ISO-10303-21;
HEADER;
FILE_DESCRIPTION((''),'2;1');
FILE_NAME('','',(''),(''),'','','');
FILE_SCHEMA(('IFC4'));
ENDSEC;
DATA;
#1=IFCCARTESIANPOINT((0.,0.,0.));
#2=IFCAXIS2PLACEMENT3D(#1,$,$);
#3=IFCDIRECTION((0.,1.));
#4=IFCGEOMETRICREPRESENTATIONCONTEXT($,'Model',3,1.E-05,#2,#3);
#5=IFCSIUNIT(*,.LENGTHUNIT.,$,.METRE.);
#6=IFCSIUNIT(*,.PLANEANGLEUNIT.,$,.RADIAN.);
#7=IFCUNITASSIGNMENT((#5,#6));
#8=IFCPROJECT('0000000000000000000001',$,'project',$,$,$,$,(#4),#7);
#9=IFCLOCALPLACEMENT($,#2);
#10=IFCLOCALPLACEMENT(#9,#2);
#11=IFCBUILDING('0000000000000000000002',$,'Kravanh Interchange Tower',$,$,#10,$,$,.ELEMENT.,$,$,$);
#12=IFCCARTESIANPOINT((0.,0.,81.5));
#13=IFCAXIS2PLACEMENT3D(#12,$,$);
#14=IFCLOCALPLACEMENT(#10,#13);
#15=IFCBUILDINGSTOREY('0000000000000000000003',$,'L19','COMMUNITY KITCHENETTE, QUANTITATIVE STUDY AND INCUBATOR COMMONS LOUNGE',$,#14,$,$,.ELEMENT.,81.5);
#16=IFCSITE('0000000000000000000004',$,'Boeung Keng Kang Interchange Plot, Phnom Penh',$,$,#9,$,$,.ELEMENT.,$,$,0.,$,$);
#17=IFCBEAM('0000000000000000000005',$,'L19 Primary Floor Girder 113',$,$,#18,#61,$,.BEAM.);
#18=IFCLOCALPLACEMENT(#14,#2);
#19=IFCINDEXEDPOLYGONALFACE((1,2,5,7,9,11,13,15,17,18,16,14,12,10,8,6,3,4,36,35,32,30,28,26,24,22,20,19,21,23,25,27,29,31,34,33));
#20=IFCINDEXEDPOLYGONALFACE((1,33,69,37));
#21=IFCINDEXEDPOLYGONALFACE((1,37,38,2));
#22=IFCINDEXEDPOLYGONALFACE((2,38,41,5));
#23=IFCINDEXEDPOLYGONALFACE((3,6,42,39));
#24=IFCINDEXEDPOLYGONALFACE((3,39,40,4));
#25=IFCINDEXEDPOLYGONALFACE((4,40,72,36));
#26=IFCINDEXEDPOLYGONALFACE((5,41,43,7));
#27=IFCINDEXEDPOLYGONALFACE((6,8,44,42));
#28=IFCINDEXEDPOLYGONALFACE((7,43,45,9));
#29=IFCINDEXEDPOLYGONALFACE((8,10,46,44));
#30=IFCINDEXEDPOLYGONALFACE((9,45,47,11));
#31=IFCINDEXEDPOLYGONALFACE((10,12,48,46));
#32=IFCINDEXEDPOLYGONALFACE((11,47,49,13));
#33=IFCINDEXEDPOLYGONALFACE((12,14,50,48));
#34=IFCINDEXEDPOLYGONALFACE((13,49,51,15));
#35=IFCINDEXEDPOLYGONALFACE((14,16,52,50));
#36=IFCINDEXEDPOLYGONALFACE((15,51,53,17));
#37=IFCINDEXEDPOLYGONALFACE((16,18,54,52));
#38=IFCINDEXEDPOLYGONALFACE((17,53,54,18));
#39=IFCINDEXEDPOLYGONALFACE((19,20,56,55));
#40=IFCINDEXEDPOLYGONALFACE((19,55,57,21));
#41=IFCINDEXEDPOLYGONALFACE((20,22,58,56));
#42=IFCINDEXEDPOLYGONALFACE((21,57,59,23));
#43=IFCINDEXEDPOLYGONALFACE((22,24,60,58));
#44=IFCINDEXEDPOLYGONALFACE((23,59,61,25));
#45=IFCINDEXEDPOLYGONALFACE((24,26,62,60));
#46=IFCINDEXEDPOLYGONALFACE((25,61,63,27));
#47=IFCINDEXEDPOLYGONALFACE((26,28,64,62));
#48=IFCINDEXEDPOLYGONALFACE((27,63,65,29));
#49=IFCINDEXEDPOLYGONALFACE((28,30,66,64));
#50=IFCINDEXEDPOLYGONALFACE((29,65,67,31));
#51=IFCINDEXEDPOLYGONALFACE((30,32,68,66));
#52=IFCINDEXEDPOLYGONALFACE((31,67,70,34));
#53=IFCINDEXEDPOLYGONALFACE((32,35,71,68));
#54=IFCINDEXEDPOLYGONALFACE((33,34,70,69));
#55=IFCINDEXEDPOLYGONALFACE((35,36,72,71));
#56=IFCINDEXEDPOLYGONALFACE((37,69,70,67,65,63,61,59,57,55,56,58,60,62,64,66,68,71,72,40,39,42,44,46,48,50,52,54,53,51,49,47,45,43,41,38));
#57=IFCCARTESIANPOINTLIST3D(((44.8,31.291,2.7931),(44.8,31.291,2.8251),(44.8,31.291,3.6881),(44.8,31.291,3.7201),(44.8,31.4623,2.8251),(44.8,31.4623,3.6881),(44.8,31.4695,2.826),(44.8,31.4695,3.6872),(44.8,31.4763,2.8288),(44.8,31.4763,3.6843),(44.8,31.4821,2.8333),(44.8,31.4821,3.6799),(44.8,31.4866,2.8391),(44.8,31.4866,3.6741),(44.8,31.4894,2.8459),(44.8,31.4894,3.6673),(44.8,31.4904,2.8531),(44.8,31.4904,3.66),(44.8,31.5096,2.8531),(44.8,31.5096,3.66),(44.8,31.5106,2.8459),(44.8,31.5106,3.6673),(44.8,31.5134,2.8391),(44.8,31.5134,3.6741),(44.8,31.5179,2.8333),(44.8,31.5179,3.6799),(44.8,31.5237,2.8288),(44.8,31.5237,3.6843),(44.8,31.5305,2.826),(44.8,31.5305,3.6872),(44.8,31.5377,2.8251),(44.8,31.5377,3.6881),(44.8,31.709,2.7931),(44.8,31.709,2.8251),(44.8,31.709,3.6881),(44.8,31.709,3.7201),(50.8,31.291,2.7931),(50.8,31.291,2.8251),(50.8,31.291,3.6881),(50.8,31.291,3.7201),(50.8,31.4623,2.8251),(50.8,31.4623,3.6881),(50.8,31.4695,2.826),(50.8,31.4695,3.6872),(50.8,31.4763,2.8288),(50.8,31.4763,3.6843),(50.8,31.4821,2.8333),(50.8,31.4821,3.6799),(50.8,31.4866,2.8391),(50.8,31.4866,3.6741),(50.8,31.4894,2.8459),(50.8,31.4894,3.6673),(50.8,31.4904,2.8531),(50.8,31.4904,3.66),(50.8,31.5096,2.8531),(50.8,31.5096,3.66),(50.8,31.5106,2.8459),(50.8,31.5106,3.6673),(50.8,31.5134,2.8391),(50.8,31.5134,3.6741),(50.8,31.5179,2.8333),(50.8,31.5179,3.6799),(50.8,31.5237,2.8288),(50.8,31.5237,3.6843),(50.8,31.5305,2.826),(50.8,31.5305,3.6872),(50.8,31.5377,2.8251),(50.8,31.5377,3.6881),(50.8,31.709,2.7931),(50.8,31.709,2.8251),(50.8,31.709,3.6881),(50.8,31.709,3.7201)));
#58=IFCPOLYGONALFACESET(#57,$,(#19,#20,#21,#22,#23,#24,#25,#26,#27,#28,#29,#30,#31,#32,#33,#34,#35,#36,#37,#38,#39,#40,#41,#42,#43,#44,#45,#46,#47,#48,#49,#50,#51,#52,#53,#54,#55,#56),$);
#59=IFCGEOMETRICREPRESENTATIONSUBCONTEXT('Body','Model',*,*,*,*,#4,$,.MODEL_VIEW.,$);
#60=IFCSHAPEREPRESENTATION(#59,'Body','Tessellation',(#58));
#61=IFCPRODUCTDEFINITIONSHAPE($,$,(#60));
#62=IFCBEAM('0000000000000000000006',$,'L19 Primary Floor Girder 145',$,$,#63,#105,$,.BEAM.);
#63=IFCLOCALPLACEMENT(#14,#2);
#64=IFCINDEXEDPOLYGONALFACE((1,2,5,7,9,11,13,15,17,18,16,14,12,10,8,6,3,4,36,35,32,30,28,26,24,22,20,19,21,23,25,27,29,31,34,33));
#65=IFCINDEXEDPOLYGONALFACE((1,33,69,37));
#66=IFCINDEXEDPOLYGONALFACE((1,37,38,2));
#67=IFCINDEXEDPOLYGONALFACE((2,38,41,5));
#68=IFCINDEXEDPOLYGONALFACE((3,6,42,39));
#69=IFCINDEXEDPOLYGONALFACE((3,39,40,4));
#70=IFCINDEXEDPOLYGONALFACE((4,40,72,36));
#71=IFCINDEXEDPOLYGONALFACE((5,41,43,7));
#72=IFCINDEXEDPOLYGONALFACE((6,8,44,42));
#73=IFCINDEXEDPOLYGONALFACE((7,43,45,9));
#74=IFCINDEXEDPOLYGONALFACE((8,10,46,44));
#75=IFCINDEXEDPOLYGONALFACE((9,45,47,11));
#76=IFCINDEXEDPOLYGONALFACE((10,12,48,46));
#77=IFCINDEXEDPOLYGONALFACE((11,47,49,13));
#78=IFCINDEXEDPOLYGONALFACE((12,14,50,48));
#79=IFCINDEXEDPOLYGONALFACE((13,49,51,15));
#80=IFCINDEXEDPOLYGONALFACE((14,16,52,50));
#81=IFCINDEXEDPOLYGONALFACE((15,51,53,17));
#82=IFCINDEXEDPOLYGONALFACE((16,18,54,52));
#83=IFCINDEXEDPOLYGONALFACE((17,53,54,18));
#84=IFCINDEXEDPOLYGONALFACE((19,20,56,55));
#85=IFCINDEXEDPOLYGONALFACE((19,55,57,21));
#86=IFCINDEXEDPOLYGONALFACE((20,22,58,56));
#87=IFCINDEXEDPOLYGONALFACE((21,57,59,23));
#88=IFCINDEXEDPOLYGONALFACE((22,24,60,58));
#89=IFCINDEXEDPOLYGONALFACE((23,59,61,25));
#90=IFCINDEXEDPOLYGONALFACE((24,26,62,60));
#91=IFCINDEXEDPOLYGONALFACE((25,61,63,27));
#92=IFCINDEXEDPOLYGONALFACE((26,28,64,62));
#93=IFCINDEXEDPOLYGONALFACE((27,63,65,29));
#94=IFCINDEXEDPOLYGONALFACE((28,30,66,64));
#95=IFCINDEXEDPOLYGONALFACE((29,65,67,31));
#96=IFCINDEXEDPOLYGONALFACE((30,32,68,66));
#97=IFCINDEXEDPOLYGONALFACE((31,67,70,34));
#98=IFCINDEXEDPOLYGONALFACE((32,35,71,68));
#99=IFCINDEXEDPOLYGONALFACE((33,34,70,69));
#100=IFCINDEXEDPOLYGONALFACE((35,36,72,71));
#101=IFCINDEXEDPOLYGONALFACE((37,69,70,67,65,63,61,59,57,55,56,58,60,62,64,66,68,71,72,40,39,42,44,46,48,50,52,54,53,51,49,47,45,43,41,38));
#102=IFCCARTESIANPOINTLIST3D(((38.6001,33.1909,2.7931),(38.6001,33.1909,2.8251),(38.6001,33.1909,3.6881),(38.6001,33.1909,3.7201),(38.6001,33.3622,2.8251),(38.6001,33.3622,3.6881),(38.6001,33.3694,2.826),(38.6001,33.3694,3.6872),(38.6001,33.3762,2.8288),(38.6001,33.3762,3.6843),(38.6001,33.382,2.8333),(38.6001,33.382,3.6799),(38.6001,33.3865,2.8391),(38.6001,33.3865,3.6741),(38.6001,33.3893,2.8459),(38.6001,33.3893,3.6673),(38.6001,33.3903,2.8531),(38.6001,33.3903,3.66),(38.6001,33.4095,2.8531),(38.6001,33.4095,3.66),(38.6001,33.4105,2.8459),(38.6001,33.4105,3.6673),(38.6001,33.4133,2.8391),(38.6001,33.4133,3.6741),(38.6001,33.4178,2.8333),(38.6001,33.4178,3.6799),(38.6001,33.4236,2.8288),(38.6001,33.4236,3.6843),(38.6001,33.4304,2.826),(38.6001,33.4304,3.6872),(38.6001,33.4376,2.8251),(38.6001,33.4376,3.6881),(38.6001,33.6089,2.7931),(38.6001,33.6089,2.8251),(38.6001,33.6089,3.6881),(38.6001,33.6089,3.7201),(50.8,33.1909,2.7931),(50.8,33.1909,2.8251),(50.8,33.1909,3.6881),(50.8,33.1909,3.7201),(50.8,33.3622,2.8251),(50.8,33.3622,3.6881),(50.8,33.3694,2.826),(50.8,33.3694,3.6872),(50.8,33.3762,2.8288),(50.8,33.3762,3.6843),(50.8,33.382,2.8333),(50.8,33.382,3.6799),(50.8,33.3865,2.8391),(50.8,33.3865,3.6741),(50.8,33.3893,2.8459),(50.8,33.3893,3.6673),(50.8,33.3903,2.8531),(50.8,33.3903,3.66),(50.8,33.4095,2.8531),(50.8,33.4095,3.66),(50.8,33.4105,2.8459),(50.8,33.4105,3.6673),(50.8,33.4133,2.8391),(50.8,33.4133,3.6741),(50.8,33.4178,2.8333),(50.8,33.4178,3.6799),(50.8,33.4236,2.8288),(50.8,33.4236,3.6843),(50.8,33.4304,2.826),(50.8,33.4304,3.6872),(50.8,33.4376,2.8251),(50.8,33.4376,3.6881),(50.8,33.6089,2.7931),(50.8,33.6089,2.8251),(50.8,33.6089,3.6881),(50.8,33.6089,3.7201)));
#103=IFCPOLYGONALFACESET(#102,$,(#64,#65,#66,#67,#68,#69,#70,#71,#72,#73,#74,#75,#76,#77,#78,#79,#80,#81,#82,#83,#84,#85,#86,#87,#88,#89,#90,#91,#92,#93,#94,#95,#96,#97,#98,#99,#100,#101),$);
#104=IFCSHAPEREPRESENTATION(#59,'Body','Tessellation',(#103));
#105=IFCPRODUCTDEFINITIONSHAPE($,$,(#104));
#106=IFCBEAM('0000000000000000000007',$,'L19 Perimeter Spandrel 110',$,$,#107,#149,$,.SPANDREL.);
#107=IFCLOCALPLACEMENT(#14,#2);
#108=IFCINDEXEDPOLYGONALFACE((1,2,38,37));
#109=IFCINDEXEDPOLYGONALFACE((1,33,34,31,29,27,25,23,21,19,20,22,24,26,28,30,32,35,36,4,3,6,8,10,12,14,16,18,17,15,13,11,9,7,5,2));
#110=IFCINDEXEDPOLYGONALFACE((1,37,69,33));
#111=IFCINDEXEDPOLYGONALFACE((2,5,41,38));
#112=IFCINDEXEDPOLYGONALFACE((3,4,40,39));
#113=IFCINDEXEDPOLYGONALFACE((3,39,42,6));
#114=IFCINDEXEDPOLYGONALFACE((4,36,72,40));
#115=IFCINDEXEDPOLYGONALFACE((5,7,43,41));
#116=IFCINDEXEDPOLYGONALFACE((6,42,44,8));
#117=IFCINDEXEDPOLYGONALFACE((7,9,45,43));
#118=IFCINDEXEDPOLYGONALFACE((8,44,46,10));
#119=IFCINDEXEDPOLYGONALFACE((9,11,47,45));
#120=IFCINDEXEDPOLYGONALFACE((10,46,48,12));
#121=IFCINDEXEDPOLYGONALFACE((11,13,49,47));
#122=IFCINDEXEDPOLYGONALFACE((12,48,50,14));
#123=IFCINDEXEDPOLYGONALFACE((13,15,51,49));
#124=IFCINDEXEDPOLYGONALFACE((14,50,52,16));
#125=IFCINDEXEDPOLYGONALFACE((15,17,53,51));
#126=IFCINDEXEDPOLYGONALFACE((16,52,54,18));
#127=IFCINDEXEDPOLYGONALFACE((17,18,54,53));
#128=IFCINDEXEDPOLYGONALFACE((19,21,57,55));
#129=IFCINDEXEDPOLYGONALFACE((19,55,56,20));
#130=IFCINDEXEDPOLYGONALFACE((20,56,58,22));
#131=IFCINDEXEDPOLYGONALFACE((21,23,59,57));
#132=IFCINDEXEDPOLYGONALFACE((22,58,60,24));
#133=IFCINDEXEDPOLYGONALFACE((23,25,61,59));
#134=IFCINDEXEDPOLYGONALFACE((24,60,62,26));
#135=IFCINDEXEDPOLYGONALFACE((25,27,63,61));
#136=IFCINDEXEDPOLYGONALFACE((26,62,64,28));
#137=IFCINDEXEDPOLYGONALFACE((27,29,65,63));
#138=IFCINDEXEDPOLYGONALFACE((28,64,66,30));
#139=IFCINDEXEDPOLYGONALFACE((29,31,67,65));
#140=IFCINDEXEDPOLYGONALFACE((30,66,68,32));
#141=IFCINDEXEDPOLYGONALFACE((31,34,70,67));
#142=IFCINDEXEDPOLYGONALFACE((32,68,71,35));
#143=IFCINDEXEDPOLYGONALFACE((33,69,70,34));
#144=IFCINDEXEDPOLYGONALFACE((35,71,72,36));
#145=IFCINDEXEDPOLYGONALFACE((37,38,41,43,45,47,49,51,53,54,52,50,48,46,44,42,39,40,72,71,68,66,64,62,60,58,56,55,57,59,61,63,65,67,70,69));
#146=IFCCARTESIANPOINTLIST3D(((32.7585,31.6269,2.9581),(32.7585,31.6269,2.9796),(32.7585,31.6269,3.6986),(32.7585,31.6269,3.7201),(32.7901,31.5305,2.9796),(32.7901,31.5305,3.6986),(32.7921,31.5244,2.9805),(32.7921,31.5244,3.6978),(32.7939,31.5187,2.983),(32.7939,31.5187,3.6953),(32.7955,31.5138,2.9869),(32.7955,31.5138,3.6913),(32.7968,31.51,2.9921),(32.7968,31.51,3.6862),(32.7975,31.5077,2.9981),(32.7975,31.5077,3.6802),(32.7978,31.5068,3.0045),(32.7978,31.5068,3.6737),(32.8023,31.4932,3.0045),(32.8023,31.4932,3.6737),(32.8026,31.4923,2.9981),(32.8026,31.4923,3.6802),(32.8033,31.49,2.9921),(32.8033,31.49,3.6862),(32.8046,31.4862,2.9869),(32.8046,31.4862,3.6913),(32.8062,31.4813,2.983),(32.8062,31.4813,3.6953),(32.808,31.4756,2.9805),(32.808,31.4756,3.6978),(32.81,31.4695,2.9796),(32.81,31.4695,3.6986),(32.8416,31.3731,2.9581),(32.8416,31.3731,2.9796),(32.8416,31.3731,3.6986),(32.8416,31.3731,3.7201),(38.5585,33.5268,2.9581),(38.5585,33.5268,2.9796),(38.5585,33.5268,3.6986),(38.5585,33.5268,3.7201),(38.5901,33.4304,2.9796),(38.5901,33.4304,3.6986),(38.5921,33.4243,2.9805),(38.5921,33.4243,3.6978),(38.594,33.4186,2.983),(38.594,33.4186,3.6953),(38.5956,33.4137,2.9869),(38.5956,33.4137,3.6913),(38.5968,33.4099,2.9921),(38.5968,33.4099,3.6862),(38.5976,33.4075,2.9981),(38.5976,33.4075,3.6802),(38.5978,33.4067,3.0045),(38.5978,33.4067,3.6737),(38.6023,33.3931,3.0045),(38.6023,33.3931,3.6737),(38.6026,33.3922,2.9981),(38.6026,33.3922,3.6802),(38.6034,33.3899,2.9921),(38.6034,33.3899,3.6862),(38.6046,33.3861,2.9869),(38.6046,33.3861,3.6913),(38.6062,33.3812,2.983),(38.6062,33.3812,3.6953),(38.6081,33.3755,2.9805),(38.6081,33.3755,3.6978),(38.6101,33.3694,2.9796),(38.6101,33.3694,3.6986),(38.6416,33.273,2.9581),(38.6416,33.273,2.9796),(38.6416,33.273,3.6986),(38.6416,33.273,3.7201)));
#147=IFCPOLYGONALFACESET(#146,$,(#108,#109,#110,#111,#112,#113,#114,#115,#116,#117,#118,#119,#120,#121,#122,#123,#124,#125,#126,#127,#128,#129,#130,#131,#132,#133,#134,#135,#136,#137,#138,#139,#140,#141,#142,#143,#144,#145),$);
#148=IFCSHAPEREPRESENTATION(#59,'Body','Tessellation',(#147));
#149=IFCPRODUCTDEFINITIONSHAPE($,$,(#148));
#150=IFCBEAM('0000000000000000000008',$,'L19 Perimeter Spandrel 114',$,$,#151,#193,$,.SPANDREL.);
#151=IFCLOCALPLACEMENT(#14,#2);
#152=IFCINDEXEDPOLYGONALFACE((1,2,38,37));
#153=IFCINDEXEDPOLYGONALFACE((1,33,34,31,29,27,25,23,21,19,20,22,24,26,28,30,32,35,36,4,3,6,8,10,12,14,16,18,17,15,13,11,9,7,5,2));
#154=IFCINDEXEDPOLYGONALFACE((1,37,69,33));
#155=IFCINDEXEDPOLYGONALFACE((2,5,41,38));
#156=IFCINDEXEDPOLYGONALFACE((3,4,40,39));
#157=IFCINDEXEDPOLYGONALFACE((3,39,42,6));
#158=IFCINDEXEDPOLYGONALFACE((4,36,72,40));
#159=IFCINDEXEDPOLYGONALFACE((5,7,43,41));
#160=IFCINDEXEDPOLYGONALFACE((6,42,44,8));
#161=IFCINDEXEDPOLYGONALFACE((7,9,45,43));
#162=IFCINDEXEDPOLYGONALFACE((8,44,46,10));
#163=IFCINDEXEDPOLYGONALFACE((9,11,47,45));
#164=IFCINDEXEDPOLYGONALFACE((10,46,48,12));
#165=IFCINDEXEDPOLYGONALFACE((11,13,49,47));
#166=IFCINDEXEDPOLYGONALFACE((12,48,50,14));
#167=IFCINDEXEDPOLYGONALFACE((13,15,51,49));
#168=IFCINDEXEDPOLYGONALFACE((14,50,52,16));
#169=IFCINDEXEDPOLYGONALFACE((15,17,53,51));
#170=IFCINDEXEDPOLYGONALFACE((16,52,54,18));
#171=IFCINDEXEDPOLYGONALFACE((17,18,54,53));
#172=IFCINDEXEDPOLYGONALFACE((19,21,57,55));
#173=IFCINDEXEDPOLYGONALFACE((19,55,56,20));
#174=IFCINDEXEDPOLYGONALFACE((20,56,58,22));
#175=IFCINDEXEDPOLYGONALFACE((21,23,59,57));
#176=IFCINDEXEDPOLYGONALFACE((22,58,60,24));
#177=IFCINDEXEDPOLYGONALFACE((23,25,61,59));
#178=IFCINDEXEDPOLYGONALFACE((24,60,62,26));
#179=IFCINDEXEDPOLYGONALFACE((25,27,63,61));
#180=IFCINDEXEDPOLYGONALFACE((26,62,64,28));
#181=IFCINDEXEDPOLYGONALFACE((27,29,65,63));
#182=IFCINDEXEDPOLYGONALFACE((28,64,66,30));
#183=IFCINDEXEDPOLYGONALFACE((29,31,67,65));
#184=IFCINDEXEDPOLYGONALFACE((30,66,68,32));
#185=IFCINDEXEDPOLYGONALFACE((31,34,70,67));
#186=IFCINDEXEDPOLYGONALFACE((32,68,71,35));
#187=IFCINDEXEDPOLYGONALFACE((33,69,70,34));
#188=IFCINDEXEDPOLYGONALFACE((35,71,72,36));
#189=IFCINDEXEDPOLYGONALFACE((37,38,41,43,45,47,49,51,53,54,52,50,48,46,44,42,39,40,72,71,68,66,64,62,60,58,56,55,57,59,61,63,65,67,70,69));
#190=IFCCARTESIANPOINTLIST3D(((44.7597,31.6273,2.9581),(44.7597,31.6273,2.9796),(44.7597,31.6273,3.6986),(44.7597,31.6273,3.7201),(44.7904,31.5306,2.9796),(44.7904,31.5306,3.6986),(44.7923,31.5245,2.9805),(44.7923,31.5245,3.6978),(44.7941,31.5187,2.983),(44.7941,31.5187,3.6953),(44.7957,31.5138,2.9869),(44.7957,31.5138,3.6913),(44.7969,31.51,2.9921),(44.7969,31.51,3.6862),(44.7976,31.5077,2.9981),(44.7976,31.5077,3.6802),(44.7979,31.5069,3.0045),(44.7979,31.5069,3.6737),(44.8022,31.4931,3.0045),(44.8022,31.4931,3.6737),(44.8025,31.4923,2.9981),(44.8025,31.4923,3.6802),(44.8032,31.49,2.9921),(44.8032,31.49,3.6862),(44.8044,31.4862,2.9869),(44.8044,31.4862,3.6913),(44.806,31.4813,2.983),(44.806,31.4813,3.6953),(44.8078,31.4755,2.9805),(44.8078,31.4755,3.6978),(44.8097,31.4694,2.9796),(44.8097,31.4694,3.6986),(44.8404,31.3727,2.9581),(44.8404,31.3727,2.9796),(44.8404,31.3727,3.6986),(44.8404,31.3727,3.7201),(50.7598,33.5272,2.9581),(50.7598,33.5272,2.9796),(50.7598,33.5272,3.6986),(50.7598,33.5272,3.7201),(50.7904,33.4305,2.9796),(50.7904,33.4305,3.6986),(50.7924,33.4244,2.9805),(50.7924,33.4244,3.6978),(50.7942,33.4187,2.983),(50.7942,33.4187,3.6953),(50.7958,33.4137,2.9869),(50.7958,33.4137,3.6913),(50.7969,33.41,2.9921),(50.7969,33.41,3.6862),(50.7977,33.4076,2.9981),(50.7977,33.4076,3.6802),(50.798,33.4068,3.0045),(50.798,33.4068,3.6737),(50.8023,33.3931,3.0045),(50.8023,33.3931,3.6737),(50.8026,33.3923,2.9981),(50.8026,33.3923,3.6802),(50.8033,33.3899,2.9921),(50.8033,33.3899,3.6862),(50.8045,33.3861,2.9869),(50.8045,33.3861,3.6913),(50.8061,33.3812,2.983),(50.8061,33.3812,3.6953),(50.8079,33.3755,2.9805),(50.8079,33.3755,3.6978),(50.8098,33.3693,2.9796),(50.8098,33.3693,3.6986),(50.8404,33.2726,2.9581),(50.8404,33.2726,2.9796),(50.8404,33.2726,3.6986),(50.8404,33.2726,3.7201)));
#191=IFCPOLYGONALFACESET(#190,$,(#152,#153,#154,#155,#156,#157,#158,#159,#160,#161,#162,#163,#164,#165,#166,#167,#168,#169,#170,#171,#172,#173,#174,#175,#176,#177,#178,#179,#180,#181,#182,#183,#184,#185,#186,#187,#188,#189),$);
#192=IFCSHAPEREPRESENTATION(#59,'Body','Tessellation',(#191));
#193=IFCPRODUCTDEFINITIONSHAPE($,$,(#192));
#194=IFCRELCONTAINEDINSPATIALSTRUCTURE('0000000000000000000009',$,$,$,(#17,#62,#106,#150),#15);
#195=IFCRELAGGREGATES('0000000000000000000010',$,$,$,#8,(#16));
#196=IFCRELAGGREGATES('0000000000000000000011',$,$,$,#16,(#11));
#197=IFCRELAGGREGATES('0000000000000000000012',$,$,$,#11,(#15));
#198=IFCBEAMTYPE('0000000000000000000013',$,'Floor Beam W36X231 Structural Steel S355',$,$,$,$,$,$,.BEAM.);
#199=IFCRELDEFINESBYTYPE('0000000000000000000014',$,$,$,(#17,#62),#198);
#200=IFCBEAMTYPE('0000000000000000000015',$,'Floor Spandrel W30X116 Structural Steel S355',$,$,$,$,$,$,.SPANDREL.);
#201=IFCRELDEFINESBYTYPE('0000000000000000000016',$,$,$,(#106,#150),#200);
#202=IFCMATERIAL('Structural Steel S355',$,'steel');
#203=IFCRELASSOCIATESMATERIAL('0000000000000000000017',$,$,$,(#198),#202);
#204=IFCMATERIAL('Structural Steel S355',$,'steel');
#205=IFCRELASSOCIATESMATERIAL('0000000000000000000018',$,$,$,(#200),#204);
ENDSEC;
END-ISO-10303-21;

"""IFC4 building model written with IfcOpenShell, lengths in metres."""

from ifc_helpers import new_model, si_unit, direction, frame, origin, origin_2d, place, context, subcontext, project, spatial, i_section, extrude, material, material_profile, profile_set, type_object, element, save


model = new_model("IFC4")

# Units and contexts
model_context = context("Model", 3, precision=1e-05, world=origin(), true_north=direction((0.0, 1.0)))
body_context = subcontext(model_context, "Body", "Model", "MODEL_VIEW")
ifc_project = project(units=[si_unit("LENGTHUNIT", "METRE"), si_unit("PLANEANGLEUNIT", "RADIAN")], contexts=[model_context])

# Site, building, storey
site_placement = place(None, origin())
site = spatial("IfcSite", under=ifc_project, at=site_placement, Name="Boeung Keng Kang Interchange Plot, Phnom Penh", CompositionType="ELEMENT", RefElevation=0.0)
building_placement = place(site_placement, origin())
building = spatial("IfcBuilding", under=site, at=building_placement, Name="Kravanh Interchange Tower", CompositionType="ELEMENT")
storey_placement = place(building_placement, frame((0.0, 0.0, 81.5)))
storey = spatial("IfcBuildingStorey", under=building, at=storey_placement, Name="L19", Description="COMMUNITY KITCHENETTE, QUANTITATIVE STUDY AND INCUBATOR COMMONS LOUNGE", CompositionType="ELEMENT", Elevation=81.5)

# Beams
ifc_material_1 = material(Name="Structural Steel S355", Category="steel")
ifc_material_profile_1 = material_profile(ifc_material_1, i_section(OverallWidth=0.418, OverallDepth=0.927, WebThickness=0.0193, FlangeThickness=0.032, FilletRadius=0.0281, at=origin_2d()), Name="W36X231")
ifc_profile_set_1 = profile_set([ifc_material_profile_1], Name="Structural Steel S355")
beam_type_1 = type_object("IfcBeamType", Name="Floor Beam W36X231 Structural Steel S355", PredefinedType="BEAM", material=ifc_profile_set_1)
beam_1_placement = place(storey_placement, frame((44.8, 31.5, 3.2566), z_axis=(1.0, 0.0, 0.0), x_axis=(0.0, 1.0, 0.0)))
element("IfcBeam", 1, at=beam_1_placement, inside=storey, type_object=beam_type_1, Name="L19 Primary Floor Girder 113", PredefinedType="BEAM", context=body_context, shape_type="SweptSolid", body=[
    extrude(i_section(OverallWidth=0.418, OverallDepth=0.927, WebThickness=0.0193, FlangeThickness=0.032, FilletRadius=0.0281, at=origin_2d()), origin(), (0.0, 0.0, 1.0), 6.0),
])
beam_2_placement = place(storey_placement, frame((38.6001, 33.3999, 3.2566), z_axis=(1.0, 0.0, 0.0), x_axis=(0.0, 1.0, 0.0)))
element("IfcBeam", 2, at=beam_2_placement, inside=storey, type_object=beam_type_1, Name="L19 Primary Floor Girder 145", PredefinedType="BEAM", context=body_context, shape_type="SweptSolid", body=[
    extrude(i_section(OverallWidth=0.418, OverallDepth=0.927, WebThickness=0.0193, FlangeThickness=0.032, FilletRadius=0.0281, at=origin_2d()), origin(), (0.0, 0.0, 1.0), 12.2),
])
ifc_material_2 = material(Name="Structural Steel S355", Category="steel")
ifc_material_profile_2 = material_profile(ifc_material_2, i_section(OverallWidth=0.2671, OverallDepth=0.762, WebThickness=0.0144, FlangeThickness=0.0215, FilletRadius=0.0249, at=origin_2d()), Name="W30X116")
ifc_profile_set_2 = profile_set([ifc_material_profile_2], Name="Structural Steel S355")
beam_type_2 = type_object("IfcBeamType", Name="Floor Spandrel W30X116 Structural Steel S355", PredefinedType="SPANDREL", material=ifc_profile_set_2)
beam_3_placement = place(storey_placement, frame((32.8, 31.5, 3.3391), z_axis=(0.950315, 0.311291, 0.0), x_axis=(-0.311291, 0.950315, 0.0)))
element("IfcBeam", 3, at=beam_3_placement, inside=storey, type_object=beam_type_2, Name="L19 Perimeter Spandrel 110", PredefinedType="SPANDREL", context=body_context, shape_type="SweptSolid", body=[
    extrude(i_section(OverallWidth=0.2671, OverallDepth=0.762, WebThickness=0.0144, FlangeThickness=0.0215, FilletRadius=0.0249, at=origin_2d()), origin(), (0.0, 0.0, 1.0), 6.1033),
])
beam_4_placement = place(storey_placement, frame((44.8, 31.5, 3.3391), z_axis=(0.953347, 0.301878, 0.0), x_axis=(-0.301878, 0.953347, 0.0)))
element("IfcBeam", 4, at=beam_4_placement, inside=storey, type_object=beam_type_2, Name="L19 Perimeter Spandrel 114", PredefinedType="SPANDREL", context=body_context, shape_type="SweptSolid", body=[
    extrude(i_section(OverallWidth=0.2671, OverallDepth=0.762, WebThickness=0.0144, FlangeThickness=0.0215, FilletRadius=0.0249, at=origin_2d()), origin(), (0.0, 0.0, 1.0), 6.2937),
])

save(model, "model.ifc")
